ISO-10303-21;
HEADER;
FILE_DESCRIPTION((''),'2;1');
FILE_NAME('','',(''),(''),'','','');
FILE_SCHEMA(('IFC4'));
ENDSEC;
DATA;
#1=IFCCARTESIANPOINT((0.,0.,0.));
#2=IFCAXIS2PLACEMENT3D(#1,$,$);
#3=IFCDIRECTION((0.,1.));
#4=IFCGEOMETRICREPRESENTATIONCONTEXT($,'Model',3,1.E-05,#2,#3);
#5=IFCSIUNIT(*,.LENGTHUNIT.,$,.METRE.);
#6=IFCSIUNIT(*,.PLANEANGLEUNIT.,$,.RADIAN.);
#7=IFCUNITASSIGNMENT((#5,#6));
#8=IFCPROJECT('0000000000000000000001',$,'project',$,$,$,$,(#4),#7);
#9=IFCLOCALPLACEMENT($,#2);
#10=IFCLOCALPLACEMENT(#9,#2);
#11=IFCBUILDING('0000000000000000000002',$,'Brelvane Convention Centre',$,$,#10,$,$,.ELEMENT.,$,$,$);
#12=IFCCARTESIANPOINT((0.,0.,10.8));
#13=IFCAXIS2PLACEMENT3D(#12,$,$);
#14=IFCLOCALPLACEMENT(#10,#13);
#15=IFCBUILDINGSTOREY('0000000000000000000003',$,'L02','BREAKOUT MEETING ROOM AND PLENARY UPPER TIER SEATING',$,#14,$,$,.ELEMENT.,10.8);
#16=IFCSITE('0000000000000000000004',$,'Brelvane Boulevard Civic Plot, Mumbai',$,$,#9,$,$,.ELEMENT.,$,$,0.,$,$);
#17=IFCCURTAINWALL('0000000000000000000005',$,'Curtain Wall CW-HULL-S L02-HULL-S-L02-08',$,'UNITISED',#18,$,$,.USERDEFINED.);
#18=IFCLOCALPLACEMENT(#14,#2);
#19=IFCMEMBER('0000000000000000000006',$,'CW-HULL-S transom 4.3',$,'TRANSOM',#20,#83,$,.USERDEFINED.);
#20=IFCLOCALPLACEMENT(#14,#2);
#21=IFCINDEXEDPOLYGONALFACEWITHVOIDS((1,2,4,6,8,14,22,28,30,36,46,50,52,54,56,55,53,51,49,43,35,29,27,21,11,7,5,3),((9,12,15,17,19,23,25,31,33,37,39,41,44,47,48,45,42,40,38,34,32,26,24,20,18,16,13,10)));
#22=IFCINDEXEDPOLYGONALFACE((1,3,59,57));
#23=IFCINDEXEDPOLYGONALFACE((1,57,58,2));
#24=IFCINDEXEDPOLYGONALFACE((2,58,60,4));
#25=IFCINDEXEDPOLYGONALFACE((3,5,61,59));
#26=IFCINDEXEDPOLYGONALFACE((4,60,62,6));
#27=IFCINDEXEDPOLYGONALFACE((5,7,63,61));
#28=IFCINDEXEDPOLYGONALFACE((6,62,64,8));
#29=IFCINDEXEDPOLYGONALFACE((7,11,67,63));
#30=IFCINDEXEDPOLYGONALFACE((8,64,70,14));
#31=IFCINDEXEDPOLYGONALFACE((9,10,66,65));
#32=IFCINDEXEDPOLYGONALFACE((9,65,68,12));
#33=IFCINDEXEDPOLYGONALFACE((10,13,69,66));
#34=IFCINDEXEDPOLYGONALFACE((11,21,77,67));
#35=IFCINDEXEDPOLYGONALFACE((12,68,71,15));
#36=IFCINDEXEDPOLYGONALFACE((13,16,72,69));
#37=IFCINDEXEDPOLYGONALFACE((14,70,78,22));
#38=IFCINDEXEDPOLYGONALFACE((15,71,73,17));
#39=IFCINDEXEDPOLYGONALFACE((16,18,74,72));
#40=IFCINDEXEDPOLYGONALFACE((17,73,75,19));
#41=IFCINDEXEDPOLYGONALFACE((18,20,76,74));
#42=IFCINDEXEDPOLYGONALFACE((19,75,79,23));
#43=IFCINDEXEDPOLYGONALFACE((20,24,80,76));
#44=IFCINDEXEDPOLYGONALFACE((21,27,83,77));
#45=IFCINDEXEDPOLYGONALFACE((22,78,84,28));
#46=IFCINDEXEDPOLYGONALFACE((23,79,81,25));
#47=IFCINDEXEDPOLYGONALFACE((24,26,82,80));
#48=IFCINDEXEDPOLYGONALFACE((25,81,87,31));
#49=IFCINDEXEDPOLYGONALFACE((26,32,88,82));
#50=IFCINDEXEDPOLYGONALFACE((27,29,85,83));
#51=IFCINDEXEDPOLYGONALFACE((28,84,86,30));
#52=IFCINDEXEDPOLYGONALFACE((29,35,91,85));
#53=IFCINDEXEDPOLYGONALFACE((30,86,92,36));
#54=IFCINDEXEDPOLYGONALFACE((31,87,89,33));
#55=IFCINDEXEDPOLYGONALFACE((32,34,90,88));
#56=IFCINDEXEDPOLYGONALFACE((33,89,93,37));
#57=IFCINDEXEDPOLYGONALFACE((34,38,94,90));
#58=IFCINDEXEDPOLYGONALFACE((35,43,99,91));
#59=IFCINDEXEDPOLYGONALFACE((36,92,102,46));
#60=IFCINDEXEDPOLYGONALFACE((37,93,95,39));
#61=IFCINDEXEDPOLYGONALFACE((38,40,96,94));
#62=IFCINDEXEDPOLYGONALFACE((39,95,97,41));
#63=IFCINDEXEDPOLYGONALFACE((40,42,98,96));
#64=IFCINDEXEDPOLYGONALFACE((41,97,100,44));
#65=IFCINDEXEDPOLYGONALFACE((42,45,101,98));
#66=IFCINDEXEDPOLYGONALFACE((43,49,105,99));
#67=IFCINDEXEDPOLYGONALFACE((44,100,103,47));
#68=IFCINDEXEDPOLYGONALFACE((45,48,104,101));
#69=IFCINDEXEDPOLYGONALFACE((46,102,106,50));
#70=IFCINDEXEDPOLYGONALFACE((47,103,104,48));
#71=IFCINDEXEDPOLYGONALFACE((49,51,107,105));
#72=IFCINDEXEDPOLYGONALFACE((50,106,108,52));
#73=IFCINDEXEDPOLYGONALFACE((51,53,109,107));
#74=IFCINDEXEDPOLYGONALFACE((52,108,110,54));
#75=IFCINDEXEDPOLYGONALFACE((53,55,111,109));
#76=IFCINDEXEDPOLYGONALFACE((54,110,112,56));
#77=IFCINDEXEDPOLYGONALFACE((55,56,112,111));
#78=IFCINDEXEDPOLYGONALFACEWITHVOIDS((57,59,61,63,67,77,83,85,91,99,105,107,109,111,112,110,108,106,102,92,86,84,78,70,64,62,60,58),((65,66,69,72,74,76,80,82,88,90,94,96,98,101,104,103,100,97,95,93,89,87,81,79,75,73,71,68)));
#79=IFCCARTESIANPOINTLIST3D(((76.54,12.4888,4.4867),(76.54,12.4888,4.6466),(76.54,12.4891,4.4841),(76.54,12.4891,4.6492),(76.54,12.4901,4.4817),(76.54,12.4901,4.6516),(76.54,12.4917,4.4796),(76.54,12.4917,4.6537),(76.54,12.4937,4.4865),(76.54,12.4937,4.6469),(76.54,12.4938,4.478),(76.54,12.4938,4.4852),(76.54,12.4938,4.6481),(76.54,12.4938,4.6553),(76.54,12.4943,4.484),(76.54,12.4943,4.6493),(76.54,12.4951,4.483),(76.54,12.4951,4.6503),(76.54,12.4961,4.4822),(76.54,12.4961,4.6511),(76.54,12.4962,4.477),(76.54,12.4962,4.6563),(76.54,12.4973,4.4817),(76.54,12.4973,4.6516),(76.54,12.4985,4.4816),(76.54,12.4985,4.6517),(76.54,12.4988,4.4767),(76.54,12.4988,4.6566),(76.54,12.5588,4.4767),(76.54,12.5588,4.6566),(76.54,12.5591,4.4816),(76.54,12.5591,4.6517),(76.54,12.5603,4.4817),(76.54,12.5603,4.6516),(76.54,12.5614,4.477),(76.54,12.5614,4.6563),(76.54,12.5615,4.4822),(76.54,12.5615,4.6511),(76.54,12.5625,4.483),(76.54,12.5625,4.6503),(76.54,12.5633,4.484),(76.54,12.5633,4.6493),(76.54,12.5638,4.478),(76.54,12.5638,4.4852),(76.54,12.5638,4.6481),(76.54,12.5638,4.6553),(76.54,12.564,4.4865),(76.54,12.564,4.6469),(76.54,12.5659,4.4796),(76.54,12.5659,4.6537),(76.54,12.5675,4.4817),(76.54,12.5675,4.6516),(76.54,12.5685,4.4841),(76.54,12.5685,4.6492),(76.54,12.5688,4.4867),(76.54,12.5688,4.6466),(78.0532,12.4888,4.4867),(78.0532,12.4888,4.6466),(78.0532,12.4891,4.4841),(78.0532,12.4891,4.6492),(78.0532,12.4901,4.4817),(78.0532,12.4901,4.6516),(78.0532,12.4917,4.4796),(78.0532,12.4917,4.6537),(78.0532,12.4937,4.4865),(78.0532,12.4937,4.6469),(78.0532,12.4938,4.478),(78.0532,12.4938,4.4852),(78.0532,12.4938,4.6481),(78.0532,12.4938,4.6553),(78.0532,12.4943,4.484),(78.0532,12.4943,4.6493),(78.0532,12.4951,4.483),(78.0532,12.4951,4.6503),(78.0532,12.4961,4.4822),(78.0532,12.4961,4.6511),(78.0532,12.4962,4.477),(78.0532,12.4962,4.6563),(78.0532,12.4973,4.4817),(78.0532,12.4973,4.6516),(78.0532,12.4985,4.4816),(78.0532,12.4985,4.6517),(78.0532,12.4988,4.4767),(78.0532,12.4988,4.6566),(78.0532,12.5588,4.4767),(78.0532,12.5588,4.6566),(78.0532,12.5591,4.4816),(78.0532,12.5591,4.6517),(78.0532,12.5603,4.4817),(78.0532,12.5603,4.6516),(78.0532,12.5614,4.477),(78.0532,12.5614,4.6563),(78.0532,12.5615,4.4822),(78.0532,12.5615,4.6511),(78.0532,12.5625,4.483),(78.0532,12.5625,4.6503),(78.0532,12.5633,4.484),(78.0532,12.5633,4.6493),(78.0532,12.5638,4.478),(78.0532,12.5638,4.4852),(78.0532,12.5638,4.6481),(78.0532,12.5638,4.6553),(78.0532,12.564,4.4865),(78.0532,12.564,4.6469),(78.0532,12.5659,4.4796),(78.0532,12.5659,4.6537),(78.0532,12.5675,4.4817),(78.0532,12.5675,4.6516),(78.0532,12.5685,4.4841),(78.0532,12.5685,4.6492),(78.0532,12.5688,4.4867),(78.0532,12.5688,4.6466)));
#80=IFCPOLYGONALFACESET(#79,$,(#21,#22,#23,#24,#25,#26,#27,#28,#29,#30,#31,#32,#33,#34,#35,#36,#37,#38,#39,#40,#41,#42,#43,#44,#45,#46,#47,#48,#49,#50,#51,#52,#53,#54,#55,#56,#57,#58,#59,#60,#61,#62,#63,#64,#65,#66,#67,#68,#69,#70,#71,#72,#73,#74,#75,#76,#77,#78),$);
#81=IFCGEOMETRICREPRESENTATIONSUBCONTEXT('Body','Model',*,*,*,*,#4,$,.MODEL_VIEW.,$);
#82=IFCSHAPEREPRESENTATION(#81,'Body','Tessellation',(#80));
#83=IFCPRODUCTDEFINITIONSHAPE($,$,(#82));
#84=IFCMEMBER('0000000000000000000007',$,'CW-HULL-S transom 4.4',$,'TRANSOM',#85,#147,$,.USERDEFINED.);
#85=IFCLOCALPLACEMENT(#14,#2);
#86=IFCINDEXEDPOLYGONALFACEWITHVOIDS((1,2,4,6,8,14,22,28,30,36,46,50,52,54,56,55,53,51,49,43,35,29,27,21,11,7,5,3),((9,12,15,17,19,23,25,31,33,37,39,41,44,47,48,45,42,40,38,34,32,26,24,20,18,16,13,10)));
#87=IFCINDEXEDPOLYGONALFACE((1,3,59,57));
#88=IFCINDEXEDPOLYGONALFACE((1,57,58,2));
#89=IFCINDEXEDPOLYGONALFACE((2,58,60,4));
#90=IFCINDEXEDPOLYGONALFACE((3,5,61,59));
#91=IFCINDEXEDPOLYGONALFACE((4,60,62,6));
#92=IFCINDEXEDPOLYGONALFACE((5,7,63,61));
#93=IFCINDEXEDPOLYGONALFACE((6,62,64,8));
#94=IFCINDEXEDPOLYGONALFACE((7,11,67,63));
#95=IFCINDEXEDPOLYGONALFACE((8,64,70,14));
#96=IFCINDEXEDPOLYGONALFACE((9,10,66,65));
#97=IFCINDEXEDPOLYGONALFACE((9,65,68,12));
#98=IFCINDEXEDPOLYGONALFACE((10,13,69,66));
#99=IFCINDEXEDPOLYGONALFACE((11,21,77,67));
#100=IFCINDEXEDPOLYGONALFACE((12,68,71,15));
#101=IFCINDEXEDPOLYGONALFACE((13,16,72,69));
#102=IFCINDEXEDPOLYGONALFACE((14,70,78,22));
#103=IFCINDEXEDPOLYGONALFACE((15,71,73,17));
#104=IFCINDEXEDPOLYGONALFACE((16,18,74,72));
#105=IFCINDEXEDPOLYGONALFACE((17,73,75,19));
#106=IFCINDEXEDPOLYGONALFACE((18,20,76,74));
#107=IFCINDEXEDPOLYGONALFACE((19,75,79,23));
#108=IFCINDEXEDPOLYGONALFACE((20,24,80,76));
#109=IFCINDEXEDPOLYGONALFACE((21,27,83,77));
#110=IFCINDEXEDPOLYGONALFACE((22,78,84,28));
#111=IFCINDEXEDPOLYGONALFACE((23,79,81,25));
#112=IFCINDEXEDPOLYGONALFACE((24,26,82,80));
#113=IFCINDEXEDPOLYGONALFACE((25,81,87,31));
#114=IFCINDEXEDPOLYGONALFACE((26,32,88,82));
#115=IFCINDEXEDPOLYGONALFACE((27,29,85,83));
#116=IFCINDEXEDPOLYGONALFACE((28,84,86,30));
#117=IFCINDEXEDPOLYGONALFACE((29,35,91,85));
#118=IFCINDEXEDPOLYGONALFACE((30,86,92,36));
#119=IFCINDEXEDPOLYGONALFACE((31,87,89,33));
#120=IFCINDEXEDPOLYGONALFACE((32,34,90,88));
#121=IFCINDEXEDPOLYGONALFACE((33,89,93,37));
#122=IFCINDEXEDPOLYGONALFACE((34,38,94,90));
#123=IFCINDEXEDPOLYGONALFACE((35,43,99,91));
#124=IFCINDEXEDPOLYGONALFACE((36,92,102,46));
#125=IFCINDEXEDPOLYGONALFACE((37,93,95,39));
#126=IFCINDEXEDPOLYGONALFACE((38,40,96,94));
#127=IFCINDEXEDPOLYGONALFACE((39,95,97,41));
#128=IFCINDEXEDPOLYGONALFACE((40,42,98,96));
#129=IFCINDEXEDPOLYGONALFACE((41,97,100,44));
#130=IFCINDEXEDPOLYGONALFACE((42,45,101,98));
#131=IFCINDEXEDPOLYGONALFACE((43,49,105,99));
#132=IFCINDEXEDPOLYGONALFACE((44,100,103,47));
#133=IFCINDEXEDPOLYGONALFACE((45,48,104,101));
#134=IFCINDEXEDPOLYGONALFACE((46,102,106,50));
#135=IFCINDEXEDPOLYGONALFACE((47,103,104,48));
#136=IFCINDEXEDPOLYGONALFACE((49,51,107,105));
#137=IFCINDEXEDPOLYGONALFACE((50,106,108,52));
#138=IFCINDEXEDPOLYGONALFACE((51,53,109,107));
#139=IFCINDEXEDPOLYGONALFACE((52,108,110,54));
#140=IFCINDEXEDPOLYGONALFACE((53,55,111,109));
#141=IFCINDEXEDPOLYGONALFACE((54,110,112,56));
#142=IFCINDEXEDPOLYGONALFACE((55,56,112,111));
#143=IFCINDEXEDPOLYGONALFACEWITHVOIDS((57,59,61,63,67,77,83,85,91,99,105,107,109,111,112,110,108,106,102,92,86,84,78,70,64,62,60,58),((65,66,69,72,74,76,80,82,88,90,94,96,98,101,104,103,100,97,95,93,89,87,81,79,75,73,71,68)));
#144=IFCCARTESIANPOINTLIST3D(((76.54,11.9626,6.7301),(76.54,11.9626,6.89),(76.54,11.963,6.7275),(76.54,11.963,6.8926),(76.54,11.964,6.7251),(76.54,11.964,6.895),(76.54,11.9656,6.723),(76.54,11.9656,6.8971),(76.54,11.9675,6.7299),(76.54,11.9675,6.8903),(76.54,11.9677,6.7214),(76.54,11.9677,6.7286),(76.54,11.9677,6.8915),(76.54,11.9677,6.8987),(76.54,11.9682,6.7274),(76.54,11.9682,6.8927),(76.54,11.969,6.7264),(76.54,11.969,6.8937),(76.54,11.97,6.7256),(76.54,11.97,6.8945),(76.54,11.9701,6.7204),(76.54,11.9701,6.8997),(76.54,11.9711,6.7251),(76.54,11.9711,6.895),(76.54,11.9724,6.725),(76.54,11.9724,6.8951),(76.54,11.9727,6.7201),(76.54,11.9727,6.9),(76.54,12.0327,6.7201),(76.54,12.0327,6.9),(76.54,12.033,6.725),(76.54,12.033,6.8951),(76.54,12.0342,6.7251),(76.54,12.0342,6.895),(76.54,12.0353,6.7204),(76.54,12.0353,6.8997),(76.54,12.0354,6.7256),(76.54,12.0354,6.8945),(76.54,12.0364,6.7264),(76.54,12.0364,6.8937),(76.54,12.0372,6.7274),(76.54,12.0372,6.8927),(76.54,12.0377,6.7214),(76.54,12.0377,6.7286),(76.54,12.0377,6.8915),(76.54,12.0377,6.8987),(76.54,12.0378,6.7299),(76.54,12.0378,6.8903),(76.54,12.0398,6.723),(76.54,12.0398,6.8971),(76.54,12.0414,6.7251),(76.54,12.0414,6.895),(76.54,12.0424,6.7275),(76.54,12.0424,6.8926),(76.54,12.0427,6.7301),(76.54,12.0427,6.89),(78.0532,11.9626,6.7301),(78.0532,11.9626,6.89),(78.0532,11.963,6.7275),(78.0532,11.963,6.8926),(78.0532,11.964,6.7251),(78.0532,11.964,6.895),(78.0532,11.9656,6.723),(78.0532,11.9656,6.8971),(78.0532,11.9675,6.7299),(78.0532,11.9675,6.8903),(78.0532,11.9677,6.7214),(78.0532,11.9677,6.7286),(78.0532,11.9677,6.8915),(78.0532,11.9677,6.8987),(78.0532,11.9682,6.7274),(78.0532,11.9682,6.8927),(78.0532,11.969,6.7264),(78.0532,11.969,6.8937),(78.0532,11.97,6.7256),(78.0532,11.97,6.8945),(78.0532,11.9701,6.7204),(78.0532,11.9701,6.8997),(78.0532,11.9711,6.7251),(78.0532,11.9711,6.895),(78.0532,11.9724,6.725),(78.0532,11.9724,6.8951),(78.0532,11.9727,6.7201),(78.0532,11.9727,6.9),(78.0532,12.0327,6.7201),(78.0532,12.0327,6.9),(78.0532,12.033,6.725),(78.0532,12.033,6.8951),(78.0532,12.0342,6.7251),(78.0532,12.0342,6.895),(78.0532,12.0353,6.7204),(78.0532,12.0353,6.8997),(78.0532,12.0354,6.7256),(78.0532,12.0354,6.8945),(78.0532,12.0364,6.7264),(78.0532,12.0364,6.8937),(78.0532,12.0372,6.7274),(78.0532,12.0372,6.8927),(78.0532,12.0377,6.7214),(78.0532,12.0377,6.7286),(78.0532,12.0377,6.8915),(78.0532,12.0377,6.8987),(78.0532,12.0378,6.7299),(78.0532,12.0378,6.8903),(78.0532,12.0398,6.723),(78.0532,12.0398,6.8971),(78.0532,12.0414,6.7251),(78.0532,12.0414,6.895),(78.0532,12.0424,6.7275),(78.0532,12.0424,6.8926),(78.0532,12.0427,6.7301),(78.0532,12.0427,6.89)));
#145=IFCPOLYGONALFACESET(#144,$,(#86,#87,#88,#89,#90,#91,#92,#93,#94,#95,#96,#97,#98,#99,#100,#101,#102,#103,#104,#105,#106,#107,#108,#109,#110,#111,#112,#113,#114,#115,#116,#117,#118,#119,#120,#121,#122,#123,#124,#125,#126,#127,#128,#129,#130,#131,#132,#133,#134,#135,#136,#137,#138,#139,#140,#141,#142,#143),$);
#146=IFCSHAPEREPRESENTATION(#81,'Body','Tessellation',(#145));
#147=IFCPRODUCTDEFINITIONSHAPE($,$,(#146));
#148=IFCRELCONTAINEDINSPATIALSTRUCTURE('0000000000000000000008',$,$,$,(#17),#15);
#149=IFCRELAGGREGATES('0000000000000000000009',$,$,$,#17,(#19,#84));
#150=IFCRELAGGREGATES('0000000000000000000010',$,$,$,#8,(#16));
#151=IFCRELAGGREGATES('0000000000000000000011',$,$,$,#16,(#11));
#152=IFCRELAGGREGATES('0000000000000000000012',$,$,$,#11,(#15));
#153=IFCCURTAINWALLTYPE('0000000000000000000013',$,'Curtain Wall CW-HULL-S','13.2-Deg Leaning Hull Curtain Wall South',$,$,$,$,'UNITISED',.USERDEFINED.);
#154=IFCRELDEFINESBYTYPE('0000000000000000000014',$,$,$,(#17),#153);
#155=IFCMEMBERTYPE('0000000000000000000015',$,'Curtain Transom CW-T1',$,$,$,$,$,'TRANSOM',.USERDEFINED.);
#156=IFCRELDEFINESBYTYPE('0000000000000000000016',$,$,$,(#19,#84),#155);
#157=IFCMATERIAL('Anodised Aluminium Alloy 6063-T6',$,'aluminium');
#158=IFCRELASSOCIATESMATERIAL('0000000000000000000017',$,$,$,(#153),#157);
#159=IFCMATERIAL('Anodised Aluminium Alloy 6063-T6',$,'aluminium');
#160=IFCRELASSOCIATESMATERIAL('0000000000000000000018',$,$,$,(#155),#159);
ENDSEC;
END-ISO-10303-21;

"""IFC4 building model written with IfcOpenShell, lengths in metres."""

from ifc_helpers import new_model, si_unit, direction, frame, origin, origin_2d, place, context, subcontext, project, spatial, hollow_rectangle, extrude, material, material_profile, profile_set, type_object, element, aggregate, save


model = new_model("IFC4")

# Units and contexts
model_context = context("Model", 3, precision=1e-05, world=origin(), true_north=direction((0.0, 1.0)))
body_context = subcontext(model_context, "Body", "Model", "MODEL_VIEW")
ifc_project = project(units=[si_unit("LENGTHUNIT", "METRE"), si_unit("PLANEANGLEUNIT", "RADIAN")], contexts=[model_context])

# Site, building, storey
site_placement = place(None, origin())
site = spatial("IfcSite", under=ifc_project, at=site_placement, Name="Brelvane Boulevard Civic Plot, Mumbai", CompositionType="ELEMENT", RefElevation=0.0)
building_placement = place(site_placement, origin())
building = spatial("IfcBuilding", under=site, at=building_placement, Name="Brelvane Convention Centre", CompositionType="ELEMENT")
storey_placement = place(building_placement, frame((0.0, 0.0, 10.8)))
storey = spatial("IfcBuildingStorey", under=building, at=storey_placement, Name="L02", Description="BREAKOUT MEETING ROOM AND PLENARY UPPER TIER SEATING", CompositionType="ELEMENT", Elevation=10.8)

# Curtain wall, members
ifc_material_1 = material(Name="Anodised Aluminium Alloy 6063-T6", Category="aluminium")
curtain_wall_type = type_object("IfcCurtainWallType", Name="Curtain Wall CW-HULL-S", Description="13.2-Deg Leaning Hull Curtain Wall South", ElementType="UNITISED", PredefinedType="USERDEFINED", material=ifc_material_1)
curtain_wall_1_placement = place(storey_placement, origin())
curtain_wall_1 = element("IfcCurtainWall", 1, at=curtain_wall_1_placement, inside=storey, type_object=curtain_wall_type, Name="Curtain Wall CW-HULL-S L02-HULL-S-L02-08", ObjectType="UNITISED", PredefinedType="USERDEFINED")
ifc_material_2 = material(Name="Anodised Aluminium Alloy 6063-T6", Category="aluminium")
ifc_material_profile = material_profile(ifc_material_2, hollow_rectangle(XDim=0.0801, YDim=0.1799, WallThickness=0.0049, InnerFilletRadius=0.0049, OuterFilletRadius=0.01, at=origin_2d()), Name="ALU-T 180x80x5.0")
ifc_profile_set = profile_set([ifc_material_profile], Name="Anodised Aluminium Alloy 6063-T6")
member_type = type_object("IfcMemberType", Name="Curtain Transom CW-T1", ElementType="TRANSOM", PredefinedType="USERDEFINED", material=ifc_profile_set)
member_1_placement = place(storey_placement, frame((76.54, 12.5288, 4.5667), z_axis=(1.0, 0.0, 0.0), x_axis=(0.0, 1.0, 0.0)))
member_1 = element("IfcMember", 2, at=member_1_placement, type_object=member_type, Name="CW-HULL-S transom 4.3", ObjectType="TRANSOM", PredefinedType="USERDEFINED", context=body_context, shape_type="SweptSolid", body=[
    extrude(hollow_rectangle(XDim=0.0801, YDim=0.1799, WallThickness=0.0049, InnerFilletRadius=0.0049, OuterFilletRadius=0.01, at=origin_2d()), origin(), (0.0, 0.0, 1.0), 1.5132),
])
member_2_placement = place(storey_placement, frame((76.54, 12.0027, 6.8101), z_axis=(1.0, 0.0, 0.0), x_axis=(0.0, 1.0, 0.0)))
member_2 = element("IfcMember", 3, at=member_2_placement, type_object=member_type, Name="CW-HULL-S transom 4.4", ObjectType="TRANSOM", PredefinedType="USERDEFINED", context=body_context, shape_type="SweptSolid", body=[
    extrude(hollow_rectangle(XDim=0.0801, YDim=0.1799, WallThickness=0.0049, InnerFilletRadius=0.0049, OuterFilletRadius=0.01, at=origin_2d()), origin(), (0.0, 0.0, 1.0), 1.5132),
])

aggregate(curtain_wall_1, [member_1, member_2])

save(model, "model.ifc")
